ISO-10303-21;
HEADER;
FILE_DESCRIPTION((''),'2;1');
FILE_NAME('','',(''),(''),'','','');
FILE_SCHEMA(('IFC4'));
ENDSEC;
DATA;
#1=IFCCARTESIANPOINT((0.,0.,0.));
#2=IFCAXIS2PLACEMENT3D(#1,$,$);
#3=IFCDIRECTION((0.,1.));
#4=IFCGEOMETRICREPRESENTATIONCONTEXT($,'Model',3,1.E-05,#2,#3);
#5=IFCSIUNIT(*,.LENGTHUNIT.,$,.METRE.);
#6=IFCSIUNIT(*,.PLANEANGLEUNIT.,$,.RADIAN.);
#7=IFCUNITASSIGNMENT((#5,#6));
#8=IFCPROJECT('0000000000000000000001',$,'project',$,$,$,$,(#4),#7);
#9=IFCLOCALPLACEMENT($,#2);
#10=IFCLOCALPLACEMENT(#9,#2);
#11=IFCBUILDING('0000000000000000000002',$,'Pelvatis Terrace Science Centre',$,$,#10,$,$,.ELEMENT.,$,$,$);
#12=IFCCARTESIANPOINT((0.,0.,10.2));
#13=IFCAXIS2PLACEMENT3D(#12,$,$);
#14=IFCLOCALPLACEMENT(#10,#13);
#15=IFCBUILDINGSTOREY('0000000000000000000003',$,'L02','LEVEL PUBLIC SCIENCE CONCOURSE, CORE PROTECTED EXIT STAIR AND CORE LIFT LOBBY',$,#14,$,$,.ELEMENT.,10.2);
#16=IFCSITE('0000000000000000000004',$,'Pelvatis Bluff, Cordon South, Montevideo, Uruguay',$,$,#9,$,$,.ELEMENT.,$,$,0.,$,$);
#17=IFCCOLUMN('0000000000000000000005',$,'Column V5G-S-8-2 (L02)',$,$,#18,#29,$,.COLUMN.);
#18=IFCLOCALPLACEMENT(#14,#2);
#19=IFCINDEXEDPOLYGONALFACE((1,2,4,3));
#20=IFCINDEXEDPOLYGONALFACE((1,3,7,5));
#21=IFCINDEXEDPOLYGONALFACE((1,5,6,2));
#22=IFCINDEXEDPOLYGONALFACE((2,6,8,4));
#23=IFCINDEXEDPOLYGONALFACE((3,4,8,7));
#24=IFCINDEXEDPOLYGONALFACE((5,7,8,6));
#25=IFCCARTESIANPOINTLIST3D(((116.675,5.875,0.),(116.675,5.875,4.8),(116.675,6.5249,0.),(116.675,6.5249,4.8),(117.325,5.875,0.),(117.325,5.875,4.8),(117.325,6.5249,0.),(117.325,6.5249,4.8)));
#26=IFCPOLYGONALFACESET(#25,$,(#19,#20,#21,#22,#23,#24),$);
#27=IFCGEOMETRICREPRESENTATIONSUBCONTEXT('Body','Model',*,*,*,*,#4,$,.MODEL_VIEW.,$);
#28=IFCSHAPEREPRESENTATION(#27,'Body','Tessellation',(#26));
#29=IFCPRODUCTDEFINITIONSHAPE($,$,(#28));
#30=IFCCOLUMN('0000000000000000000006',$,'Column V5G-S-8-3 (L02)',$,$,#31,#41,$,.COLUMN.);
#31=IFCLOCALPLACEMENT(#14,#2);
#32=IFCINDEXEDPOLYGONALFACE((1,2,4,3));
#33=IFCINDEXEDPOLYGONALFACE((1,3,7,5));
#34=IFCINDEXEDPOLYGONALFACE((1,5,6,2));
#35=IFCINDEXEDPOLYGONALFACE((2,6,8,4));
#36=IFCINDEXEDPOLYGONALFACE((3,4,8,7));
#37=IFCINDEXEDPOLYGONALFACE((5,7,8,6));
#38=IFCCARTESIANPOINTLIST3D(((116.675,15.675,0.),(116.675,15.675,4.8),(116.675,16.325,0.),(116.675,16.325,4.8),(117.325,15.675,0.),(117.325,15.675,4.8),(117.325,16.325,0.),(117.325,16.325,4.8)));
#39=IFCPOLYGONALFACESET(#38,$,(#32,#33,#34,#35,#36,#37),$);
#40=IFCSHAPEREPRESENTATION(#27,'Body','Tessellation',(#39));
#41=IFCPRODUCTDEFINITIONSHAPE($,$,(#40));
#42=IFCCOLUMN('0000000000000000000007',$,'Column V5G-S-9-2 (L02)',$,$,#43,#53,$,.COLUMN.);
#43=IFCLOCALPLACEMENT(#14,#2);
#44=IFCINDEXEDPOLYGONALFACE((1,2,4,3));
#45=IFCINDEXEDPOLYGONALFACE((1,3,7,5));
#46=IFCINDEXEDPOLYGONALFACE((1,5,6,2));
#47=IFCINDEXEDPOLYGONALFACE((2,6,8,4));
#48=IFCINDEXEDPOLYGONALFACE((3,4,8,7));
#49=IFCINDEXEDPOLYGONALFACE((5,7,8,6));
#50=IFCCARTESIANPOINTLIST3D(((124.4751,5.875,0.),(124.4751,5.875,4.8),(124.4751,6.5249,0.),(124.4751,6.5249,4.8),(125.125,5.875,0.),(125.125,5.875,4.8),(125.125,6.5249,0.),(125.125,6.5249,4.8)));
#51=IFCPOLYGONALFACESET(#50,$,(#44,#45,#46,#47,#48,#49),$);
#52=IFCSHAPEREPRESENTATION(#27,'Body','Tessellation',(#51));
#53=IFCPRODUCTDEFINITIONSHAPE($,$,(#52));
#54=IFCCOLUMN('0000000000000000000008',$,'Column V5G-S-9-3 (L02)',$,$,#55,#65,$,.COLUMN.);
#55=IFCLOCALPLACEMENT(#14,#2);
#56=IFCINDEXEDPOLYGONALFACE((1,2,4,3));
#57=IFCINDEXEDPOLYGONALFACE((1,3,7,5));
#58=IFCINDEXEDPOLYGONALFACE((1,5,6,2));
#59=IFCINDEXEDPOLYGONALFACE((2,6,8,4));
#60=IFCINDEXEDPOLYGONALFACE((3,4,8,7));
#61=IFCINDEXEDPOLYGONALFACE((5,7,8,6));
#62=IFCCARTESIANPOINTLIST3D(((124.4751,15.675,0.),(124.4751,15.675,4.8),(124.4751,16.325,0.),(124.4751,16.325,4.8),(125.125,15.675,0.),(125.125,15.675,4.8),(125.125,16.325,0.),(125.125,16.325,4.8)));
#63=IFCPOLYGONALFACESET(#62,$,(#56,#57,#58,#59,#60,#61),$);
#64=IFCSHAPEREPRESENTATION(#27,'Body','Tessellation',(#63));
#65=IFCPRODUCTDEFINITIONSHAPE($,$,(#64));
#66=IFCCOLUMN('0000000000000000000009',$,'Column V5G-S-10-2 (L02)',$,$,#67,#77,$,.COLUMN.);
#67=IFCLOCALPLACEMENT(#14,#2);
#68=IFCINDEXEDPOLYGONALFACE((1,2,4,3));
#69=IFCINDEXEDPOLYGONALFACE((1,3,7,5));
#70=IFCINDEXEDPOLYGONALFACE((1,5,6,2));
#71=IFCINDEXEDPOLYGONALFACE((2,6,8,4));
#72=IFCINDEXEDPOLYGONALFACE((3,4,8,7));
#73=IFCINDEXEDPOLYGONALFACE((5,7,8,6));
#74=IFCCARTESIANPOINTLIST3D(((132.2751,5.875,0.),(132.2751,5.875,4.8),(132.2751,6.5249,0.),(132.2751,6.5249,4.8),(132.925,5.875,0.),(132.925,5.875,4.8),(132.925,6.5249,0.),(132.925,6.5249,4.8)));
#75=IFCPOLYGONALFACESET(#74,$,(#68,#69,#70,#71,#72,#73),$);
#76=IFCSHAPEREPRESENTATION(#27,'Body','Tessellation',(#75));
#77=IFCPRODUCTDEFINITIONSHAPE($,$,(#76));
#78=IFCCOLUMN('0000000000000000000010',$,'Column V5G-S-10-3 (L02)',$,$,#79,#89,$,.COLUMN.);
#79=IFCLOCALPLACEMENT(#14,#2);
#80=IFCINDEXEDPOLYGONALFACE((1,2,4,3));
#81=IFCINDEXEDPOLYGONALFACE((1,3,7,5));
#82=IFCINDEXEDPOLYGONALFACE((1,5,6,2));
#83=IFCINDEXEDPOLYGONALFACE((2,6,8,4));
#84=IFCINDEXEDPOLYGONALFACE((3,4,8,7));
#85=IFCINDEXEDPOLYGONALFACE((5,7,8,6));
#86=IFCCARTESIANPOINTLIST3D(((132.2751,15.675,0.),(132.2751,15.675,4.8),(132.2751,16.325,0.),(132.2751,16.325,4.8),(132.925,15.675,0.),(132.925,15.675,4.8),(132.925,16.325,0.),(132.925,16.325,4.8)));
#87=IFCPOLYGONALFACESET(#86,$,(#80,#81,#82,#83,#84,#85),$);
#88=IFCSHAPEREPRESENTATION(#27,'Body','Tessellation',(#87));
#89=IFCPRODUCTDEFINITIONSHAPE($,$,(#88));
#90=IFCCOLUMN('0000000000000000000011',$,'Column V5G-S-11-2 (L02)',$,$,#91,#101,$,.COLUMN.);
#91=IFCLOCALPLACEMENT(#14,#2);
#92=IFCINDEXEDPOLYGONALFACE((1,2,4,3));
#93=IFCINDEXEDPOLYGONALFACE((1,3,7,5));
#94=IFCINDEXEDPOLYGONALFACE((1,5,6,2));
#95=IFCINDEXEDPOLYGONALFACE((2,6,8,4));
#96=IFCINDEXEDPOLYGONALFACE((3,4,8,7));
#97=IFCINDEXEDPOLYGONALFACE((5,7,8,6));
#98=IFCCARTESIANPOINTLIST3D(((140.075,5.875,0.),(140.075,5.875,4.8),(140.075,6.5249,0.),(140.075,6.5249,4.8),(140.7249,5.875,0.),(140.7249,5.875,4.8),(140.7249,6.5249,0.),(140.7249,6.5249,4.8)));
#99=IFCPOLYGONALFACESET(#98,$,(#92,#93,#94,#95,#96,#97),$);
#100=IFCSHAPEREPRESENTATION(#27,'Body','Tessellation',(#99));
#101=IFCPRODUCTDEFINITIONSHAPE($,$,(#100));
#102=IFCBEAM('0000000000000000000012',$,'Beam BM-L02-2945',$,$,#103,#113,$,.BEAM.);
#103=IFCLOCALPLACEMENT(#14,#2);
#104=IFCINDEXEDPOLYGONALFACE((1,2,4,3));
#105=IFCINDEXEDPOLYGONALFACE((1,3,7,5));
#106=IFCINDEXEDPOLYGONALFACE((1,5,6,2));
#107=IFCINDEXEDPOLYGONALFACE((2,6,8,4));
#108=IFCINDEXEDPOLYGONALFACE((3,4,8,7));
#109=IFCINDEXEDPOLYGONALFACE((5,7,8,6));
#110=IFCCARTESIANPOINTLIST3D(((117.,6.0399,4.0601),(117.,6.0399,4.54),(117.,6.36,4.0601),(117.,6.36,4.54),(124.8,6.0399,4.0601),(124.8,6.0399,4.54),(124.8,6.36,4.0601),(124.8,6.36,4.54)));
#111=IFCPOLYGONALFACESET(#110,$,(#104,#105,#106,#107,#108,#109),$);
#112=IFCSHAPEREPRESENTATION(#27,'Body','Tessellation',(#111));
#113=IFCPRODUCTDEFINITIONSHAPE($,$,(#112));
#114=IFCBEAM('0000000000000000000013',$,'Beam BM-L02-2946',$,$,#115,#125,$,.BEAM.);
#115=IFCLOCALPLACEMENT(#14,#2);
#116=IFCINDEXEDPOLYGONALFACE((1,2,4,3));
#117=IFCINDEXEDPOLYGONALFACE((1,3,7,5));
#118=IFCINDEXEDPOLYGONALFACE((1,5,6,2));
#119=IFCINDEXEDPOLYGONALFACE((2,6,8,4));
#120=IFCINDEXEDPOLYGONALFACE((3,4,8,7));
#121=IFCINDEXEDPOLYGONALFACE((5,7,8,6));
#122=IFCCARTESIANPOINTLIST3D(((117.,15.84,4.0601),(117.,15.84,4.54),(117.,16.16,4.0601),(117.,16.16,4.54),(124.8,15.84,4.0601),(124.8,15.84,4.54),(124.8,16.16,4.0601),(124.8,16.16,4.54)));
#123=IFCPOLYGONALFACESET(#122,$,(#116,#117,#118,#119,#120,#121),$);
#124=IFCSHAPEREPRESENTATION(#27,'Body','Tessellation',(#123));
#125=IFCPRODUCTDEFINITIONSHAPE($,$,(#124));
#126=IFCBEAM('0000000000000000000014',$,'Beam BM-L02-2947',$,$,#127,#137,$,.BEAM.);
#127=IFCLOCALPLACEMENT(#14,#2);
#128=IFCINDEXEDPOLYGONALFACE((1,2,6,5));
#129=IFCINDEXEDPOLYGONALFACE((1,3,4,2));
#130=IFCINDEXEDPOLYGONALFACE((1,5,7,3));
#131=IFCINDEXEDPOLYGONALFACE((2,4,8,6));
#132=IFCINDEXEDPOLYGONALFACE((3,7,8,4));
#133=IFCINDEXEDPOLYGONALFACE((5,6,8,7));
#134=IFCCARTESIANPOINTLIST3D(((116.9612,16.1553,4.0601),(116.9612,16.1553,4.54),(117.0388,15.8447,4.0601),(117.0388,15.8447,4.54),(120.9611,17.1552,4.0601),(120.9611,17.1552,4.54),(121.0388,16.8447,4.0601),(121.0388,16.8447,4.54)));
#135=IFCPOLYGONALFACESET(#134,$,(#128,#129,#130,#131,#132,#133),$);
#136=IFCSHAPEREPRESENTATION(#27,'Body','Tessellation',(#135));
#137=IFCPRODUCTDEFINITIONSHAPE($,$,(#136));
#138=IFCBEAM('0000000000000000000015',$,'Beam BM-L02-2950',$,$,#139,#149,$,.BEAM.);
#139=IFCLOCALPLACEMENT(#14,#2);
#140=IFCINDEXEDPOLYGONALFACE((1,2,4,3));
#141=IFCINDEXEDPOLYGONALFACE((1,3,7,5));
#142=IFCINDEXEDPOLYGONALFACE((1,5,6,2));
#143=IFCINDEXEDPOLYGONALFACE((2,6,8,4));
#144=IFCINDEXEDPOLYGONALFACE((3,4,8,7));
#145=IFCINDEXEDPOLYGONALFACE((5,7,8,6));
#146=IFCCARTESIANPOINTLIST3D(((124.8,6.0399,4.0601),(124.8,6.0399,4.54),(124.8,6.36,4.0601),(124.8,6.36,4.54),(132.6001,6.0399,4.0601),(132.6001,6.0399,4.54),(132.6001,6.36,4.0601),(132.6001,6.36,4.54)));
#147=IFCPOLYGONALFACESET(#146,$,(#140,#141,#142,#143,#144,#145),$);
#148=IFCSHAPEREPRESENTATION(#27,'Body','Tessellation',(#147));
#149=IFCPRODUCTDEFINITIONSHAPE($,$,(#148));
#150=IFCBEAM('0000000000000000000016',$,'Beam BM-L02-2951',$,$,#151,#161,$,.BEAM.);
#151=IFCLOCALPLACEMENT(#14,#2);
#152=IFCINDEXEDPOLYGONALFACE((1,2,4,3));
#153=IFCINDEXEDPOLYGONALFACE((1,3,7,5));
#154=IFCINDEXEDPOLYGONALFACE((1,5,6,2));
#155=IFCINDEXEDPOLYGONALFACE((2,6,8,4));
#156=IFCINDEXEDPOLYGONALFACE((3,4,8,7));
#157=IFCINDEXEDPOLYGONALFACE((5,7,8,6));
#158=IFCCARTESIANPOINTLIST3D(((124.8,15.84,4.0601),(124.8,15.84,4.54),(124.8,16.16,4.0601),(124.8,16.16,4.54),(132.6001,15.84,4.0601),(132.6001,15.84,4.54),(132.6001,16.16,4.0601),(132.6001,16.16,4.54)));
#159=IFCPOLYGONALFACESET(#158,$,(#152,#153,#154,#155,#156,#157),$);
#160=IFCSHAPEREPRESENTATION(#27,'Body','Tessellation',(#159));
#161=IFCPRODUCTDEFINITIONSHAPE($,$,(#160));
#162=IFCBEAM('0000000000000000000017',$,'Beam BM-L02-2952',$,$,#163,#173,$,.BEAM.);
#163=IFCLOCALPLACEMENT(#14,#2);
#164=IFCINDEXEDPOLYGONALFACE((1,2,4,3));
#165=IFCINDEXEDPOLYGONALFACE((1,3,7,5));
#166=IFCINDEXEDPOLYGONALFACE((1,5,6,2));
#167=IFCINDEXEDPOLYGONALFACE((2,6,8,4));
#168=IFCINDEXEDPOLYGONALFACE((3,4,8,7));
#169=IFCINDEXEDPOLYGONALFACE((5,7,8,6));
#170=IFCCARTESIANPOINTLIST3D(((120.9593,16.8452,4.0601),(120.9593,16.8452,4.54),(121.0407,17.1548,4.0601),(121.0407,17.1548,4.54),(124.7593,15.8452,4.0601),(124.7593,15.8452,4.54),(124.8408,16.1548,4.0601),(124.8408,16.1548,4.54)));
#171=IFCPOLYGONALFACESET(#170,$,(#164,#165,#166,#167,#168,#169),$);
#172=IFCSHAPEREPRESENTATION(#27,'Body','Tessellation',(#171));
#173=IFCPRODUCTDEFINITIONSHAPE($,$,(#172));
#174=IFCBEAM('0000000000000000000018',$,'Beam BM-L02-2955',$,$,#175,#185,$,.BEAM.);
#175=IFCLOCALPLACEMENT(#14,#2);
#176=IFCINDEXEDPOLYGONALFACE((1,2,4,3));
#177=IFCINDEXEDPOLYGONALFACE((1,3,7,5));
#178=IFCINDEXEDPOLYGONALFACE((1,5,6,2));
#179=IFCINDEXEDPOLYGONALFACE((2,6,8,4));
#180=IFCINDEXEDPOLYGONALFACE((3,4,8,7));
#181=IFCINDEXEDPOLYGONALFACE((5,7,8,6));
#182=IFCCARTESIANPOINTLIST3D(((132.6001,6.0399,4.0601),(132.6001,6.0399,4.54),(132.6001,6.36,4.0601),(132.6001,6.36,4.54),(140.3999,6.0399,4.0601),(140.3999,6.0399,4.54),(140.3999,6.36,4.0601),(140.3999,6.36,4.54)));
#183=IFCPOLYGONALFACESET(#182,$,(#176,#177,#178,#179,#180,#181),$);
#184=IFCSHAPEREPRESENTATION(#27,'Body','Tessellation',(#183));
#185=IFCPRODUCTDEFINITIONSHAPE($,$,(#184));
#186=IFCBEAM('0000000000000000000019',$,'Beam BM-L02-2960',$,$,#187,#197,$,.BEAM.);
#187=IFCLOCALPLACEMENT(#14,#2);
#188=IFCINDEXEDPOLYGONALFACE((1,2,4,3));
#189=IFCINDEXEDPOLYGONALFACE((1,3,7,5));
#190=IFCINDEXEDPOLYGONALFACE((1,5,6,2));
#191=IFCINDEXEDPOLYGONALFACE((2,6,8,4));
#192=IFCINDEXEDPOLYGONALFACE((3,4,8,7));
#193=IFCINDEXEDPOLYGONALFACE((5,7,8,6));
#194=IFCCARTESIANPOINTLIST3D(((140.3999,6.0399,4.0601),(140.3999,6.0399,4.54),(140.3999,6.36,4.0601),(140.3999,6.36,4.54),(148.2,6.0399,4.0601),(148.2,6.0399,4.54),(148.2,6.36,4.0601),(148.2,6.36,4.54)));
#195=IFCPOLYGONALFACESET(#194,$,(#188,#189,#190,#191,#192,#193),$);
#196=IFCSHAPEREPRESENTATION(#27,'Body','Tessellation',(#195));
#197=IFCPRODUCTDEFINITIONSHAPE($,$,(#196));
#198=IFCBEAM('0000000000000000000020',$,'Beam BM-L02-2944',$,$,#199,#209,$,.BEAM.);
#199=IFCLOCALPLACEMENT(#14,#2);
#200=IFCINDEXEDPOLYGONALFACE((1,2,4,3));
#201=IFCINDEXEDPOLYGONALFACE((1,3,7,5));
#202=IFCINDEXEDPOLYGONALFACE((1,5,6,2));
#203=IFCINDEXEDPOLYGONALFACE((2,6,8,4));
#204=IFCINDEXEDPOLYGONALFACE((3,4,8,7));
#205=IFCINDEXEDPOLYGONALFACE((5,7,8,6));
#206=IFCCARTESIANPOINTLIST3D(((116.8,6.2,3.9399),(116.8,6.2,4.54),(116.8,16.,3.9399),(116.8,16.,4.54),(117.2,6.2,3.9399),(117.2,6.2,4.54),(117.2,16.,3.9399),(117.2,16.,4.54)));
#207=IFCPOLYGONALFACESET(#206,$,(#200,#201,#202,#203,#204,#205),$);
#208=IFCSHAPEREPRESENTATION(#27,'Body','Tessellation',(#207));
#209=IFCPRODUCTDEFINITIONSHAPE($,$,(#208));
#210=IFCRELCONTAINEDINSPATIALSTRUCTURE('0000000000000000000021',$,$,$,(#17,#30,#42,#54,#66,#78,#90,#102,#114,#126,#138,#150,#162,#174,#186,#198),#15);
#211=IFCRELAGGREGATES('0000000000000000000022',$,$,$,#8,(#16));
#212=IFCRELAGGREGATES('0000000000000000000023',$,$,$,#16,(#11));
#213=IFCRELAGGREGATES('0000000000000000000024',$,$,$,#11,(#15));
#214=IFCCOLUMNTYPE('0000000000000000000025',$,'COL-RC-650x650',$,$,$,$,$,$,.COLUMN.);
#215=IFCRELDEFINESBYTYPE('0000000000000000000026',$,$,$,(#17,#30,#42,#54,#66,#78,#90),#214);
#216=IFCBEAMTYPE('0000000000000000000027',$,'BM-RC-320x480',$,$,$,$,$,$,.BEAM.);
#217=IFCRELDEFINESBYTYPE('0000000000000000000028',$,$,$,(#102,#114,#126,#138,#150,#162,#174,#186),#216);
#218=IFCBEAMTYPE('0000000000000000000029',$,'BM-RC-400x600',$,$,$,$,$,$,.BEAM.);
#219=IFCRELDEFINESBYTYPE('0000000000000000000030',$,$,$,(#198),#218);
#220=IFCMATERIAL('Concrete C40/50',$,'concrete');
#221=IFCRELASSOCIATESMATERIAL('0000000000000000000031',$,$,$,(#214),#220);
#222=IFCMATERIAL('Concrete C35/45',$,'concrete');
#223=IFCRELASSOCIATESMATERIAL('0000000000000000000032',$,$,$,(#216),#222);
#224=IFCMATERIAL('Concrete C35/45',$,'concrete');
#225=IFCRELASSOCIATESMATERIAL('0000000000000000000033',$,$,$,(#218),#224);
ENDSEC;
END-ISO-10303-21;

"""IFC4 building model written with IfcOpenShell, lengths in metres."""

from ifc_helpers import new_model, si_unit, direction, frame, origin, origin_2d, place, context, subcontext, project, spatial, rectangle, extrude, material, material_profile, profile_set, type_object, element, save


model = new_model("IFC4")

# Units and contexts
model_context = context("Model", 3, precision=1e-05, world=origin(), true_north=direction((0.0, 1.0)))
body_context = subcontext(model_context, "Body", "Model", "MODEL_VIEW")
ifc_project = project(units=[si_unit("LENGTHUNIT", "METRE"), si_unit("PLANEANGLEUNIT", "RADIAN")], contexts=[model_context])

# Site, building, storey
site_placement = place(None, origin())
site = spatial("IfcSite", under=ifc_project, at=site_placement, Name="Pelvatis Bluff, Cordon South, Montevideo, Uruguay", CompositionType="ELEMENT", RefElevation=0.0)
building_placement = place(site_placement, origin())
building = spatial("IfcBuilding", under=site, at=building_placement, Name="Pelvatis Terrace Science Centre", CompositionType="ELEMENT")
storey_placement = place(building_placement, frame((0.0, 0.0, 10.2)))
storey = spatial("IfcBuildingStorey", under=building, at=storey_placement, Name="L02", Description="LEVEL PUBLIC SCIENCE CONCOURSE, CORE PROTECTED EXIT STAIR AND CORE LIFT LOBBY", CompositionType="ELEMENT", Elevation=10.2)

# Columns
ifc_material_1 = material(Name="Concrete C40/50", Category="concrete")
ifc_material_profile_1 = material_profile(ifc_material_1, rectangle(XDim=0.6499, YDim=0.6499, at=origin_2d()), Name="RC-COL 650x650")
ifc_profile_set_1 = profile_set([ifc_material_profile_1], Name="Concrete C40/50")
column_type = type_object("IfcColumnType", Name="COL-RC-650x650", PredefinedType="COLUMN", material=ifc_profile_set_1)
for number, where, z_axis, x_axis, name in (
    (1, (117.0, 6.2, 0.0), (0.0, 0.0, 1.0), (1.0, 0.0, 0.0), "Column V5G-S-8-2 (L02)"),
    (2, (117.0, 16.0, 0.0), (0.0, 0.0, 1.0), (1.0, 0.0, 0.0), "Column V5G-S-8-3 (L02)"),
    (3, (124.8, 6.2, 0.0), (0.0, 0.0, 1.0), (1.0, 0.0, 0.0), "Column V5G-S-9-2 (L02)"),
    (4, (124.8, 16.0, 0.0), (0.0, 0.0, 1.0), (1.0, 0.0, 0.0), "Column V5G-S-9-3 (L02)"),
    (5, (132.6001, 6.2, 0.0), (0.0, 0.0, 1.0), (1.0, 0.0, 0.0), "Column V5G-S-10-2 (L02)"),
    (6, (132.6001, 16.0, 0.0), (0.0, 0.0, 1.0), (1.0, 0.0, 0.0), "Column V5G-S-10-3 (L02)"),
    (7, (140.3999, 6.2, 0.0), (0.0, 0.0, 1.0), (1.0, 0.0, 0.0), "Column V5G-S-11-2 (L02)"),
):
    element("IfcColumn", number, at=place(storey_placement, frame(where, z_axis=z_axis, x_axis=x_axis)), inside=storey, type_object=column_type, Name=name, PredefinedType="COLUMN", context=body_context, shape_type="SweptSolid", body=[
        extrude(rectangle(XDim=0.6499, YDim=0.6499, at=origin_2d()), origin(), (0.0, 0.0, 1.0), 4.8),
    ])

# Beams
ifc_material_2 = material(Name="Concrete C35/45", Category="concrete")
ifc_material_profile_2 = material_profile(ifc_material_2, rectangle(XDim=0.3201, YDim=0.48, at=origin_2d()), Name="RC-BM 320x480")
ifc_profile_set_2 = profile_set([ifc_material_profile_2], Name="Concrete C35/45")
beam_type_1 = type_object("IfcBeamType", Name="BM-RC-320x480", PredefinedType="BEAM", material=ifc_profile_set_2)
for number, where, z_axis, x_axis, name in (
    (8, (117.0, 6.2, 4.3), (1.0, 0.0, 0.0), (0.0, 1.0, 0.0), "Beam BM-L02-2945"),
    (9, (117.0, 16.0, 4.3), (1.0, 0.0, 0.0), (0.0, 1.0, 0.0), "Beam BM-L02-2946"),
):
    element("IfcBeam", number, at=place(storey_placement, frame(where, z_axis=z_axis, x_axis=x_axis)), inside=storey, type_object=beam_type_1, Name=name, PredefinedType="BEAM", context=body_context, shape_type="SweptSolid", body=[
        extrude(rectangle(XDim=0.3201, YDim=0.48, at=origin_2d()), origin(), (0.0, 0.0, 1.0), 7.8),
    ])
beam_1_placement = place(storey_placement, frame((117.0, 16.0, 4.3), z_axis=(0.970143, 0.242536, 0.0), x_axis=(-0.242536, 0.970143, 0.0)))
element("IfcBeam", 10, at=beam_1_placement, inside=storey, type_object=beam_type_1, Name="Beam BM-L02-2947", PredefinedType="BEAM", context=body_context, shape_type="SweptSolid", body=[
    extrude(rectangle(XDim=0.3201, YDim=0.48, at=origin_2d()), origin(), (0.0, 0.0, 1.0), 4.123),
])
for number, where, z_axis, x_axis, name in (
    (11, (124.8, 6.2, 4.3), (1.0, 0.0, 0.0), (0.0, 1.0, 0.0), "Beam BM-L02-2950"),
    (12, (124.8, 16.0, 4.3), (1.0, 0.0, 0.0), (0.0, 1.0, 0.0), "Beam BM-L02-2951"),
):
    element("IfcBeam", number, at=place(storey_placement, frame(where, z_axis=z_axis, x_axis=x_axis)), inside=storey, type_object=beam_type_1, Name=name, PredefinedType="BEAM", context=body_context, shape_type="SweptSolid", body=[
        extrude(rectangle(XDim=0.3201, YDim=0.48, at=origin_2d()), origin(), (0.0, 0.0, 1.0), 7.8),
    ])
beam_2_placement = place(storey_placement, frame((124.8, 16.0, 4.3), z_axis=(-0.967075, 0.25449, 0.0), x_axis=(-0.25449, -0.967075, 0.0)))
element("IfcBeam", 13, at=beam_2_placement, inside=storey, type_object=beam_type_1, Name="Beam BM-L02-2952", PredefinedType="BEAM", context=body_context, shape_type="SweptSolid", body=[
    extrude(rectangle(XDim=0.3201, YDim=0.48, at=origin_2d()), origin(), (0.0, 0.0, 1.0), 3.9294),
])
beam_3_placement = place(storey_placement, frame((132.6001, 6.2, 4.3), z_axis=(1.0, 0.0, 0.0), x_axis=(0.0, 1.0, 0.0)))
element("IfcBeam", 14, at=beam_3_placement, inside=storey, type_object=beam_type_1, Name="Beam BM-L02-2955", PredefinedType="BEAM", context=body_context, shape_type="SweptSolid", body=[
    extrude(rectangle(XDim=0.3201, YDim=0.48, at=origin_2d()), origin(), (0.0, 0.0, 1.0), 7.7998),
])
beam_4_placement = place(storey_placement, frame((140.3999, 6.2, 4.3), z_axis=(1.0, 0.0, 0.0), x_axis=(0.0, 1.0, 0.0)))
element("IfcBeam", 15, at=beam_4_placement, inside=storey, type_object=beam_type_1, Name="Beam BM-L02-2960", PredefinedType="BEAM", context=body_context, shape_type="SweptSolid", body=[
    extrude(rectangle(XDim=0.3201, YDim=0.48, at=origin_2d()), origin(), (0.0, 0.0, 1.0), 7.8),
])
ifc_material_3 = material(Name="Concrete C35/45", Category="concrete")
ifc_material_profile_3 = material_profile(ifc_material_3, rectangle(XDim=0.3999, YDim=0.6001, at=origin_2d()), Name="RC-BM 400x600")
ifc_profile_set_3 = profile_set([ifc_material_profile_3], Name="Concrete C35/45")
beam_type_2 = type_object("IfcBeamType", Name="BM-RC-400x600", PredefinedType="BEAM", material=ifc_profile_set_3)
beam_5_placement = place(storey_placement, frame((117.0, 6.2, 4.24), z_axis=(0.0, 1.0, 0.0), x_axis=(-1.0, 0.0, 0.0)))
element("IfcBeam", 16, at=beam_5_placement, inside=storey, type_object=beam_type_2, Name="Beam BM-L02-2944", PredefinedType="BEAM", context=body_context, shape_type="SweptSolid", body=[
    extrude(rectangle(XDim=0.3999, YDim=0.6001, at=origin_2d()), origin(), (0.0, 0.0, 1.0), 9.8),
])

save(model, "model.ifc")
